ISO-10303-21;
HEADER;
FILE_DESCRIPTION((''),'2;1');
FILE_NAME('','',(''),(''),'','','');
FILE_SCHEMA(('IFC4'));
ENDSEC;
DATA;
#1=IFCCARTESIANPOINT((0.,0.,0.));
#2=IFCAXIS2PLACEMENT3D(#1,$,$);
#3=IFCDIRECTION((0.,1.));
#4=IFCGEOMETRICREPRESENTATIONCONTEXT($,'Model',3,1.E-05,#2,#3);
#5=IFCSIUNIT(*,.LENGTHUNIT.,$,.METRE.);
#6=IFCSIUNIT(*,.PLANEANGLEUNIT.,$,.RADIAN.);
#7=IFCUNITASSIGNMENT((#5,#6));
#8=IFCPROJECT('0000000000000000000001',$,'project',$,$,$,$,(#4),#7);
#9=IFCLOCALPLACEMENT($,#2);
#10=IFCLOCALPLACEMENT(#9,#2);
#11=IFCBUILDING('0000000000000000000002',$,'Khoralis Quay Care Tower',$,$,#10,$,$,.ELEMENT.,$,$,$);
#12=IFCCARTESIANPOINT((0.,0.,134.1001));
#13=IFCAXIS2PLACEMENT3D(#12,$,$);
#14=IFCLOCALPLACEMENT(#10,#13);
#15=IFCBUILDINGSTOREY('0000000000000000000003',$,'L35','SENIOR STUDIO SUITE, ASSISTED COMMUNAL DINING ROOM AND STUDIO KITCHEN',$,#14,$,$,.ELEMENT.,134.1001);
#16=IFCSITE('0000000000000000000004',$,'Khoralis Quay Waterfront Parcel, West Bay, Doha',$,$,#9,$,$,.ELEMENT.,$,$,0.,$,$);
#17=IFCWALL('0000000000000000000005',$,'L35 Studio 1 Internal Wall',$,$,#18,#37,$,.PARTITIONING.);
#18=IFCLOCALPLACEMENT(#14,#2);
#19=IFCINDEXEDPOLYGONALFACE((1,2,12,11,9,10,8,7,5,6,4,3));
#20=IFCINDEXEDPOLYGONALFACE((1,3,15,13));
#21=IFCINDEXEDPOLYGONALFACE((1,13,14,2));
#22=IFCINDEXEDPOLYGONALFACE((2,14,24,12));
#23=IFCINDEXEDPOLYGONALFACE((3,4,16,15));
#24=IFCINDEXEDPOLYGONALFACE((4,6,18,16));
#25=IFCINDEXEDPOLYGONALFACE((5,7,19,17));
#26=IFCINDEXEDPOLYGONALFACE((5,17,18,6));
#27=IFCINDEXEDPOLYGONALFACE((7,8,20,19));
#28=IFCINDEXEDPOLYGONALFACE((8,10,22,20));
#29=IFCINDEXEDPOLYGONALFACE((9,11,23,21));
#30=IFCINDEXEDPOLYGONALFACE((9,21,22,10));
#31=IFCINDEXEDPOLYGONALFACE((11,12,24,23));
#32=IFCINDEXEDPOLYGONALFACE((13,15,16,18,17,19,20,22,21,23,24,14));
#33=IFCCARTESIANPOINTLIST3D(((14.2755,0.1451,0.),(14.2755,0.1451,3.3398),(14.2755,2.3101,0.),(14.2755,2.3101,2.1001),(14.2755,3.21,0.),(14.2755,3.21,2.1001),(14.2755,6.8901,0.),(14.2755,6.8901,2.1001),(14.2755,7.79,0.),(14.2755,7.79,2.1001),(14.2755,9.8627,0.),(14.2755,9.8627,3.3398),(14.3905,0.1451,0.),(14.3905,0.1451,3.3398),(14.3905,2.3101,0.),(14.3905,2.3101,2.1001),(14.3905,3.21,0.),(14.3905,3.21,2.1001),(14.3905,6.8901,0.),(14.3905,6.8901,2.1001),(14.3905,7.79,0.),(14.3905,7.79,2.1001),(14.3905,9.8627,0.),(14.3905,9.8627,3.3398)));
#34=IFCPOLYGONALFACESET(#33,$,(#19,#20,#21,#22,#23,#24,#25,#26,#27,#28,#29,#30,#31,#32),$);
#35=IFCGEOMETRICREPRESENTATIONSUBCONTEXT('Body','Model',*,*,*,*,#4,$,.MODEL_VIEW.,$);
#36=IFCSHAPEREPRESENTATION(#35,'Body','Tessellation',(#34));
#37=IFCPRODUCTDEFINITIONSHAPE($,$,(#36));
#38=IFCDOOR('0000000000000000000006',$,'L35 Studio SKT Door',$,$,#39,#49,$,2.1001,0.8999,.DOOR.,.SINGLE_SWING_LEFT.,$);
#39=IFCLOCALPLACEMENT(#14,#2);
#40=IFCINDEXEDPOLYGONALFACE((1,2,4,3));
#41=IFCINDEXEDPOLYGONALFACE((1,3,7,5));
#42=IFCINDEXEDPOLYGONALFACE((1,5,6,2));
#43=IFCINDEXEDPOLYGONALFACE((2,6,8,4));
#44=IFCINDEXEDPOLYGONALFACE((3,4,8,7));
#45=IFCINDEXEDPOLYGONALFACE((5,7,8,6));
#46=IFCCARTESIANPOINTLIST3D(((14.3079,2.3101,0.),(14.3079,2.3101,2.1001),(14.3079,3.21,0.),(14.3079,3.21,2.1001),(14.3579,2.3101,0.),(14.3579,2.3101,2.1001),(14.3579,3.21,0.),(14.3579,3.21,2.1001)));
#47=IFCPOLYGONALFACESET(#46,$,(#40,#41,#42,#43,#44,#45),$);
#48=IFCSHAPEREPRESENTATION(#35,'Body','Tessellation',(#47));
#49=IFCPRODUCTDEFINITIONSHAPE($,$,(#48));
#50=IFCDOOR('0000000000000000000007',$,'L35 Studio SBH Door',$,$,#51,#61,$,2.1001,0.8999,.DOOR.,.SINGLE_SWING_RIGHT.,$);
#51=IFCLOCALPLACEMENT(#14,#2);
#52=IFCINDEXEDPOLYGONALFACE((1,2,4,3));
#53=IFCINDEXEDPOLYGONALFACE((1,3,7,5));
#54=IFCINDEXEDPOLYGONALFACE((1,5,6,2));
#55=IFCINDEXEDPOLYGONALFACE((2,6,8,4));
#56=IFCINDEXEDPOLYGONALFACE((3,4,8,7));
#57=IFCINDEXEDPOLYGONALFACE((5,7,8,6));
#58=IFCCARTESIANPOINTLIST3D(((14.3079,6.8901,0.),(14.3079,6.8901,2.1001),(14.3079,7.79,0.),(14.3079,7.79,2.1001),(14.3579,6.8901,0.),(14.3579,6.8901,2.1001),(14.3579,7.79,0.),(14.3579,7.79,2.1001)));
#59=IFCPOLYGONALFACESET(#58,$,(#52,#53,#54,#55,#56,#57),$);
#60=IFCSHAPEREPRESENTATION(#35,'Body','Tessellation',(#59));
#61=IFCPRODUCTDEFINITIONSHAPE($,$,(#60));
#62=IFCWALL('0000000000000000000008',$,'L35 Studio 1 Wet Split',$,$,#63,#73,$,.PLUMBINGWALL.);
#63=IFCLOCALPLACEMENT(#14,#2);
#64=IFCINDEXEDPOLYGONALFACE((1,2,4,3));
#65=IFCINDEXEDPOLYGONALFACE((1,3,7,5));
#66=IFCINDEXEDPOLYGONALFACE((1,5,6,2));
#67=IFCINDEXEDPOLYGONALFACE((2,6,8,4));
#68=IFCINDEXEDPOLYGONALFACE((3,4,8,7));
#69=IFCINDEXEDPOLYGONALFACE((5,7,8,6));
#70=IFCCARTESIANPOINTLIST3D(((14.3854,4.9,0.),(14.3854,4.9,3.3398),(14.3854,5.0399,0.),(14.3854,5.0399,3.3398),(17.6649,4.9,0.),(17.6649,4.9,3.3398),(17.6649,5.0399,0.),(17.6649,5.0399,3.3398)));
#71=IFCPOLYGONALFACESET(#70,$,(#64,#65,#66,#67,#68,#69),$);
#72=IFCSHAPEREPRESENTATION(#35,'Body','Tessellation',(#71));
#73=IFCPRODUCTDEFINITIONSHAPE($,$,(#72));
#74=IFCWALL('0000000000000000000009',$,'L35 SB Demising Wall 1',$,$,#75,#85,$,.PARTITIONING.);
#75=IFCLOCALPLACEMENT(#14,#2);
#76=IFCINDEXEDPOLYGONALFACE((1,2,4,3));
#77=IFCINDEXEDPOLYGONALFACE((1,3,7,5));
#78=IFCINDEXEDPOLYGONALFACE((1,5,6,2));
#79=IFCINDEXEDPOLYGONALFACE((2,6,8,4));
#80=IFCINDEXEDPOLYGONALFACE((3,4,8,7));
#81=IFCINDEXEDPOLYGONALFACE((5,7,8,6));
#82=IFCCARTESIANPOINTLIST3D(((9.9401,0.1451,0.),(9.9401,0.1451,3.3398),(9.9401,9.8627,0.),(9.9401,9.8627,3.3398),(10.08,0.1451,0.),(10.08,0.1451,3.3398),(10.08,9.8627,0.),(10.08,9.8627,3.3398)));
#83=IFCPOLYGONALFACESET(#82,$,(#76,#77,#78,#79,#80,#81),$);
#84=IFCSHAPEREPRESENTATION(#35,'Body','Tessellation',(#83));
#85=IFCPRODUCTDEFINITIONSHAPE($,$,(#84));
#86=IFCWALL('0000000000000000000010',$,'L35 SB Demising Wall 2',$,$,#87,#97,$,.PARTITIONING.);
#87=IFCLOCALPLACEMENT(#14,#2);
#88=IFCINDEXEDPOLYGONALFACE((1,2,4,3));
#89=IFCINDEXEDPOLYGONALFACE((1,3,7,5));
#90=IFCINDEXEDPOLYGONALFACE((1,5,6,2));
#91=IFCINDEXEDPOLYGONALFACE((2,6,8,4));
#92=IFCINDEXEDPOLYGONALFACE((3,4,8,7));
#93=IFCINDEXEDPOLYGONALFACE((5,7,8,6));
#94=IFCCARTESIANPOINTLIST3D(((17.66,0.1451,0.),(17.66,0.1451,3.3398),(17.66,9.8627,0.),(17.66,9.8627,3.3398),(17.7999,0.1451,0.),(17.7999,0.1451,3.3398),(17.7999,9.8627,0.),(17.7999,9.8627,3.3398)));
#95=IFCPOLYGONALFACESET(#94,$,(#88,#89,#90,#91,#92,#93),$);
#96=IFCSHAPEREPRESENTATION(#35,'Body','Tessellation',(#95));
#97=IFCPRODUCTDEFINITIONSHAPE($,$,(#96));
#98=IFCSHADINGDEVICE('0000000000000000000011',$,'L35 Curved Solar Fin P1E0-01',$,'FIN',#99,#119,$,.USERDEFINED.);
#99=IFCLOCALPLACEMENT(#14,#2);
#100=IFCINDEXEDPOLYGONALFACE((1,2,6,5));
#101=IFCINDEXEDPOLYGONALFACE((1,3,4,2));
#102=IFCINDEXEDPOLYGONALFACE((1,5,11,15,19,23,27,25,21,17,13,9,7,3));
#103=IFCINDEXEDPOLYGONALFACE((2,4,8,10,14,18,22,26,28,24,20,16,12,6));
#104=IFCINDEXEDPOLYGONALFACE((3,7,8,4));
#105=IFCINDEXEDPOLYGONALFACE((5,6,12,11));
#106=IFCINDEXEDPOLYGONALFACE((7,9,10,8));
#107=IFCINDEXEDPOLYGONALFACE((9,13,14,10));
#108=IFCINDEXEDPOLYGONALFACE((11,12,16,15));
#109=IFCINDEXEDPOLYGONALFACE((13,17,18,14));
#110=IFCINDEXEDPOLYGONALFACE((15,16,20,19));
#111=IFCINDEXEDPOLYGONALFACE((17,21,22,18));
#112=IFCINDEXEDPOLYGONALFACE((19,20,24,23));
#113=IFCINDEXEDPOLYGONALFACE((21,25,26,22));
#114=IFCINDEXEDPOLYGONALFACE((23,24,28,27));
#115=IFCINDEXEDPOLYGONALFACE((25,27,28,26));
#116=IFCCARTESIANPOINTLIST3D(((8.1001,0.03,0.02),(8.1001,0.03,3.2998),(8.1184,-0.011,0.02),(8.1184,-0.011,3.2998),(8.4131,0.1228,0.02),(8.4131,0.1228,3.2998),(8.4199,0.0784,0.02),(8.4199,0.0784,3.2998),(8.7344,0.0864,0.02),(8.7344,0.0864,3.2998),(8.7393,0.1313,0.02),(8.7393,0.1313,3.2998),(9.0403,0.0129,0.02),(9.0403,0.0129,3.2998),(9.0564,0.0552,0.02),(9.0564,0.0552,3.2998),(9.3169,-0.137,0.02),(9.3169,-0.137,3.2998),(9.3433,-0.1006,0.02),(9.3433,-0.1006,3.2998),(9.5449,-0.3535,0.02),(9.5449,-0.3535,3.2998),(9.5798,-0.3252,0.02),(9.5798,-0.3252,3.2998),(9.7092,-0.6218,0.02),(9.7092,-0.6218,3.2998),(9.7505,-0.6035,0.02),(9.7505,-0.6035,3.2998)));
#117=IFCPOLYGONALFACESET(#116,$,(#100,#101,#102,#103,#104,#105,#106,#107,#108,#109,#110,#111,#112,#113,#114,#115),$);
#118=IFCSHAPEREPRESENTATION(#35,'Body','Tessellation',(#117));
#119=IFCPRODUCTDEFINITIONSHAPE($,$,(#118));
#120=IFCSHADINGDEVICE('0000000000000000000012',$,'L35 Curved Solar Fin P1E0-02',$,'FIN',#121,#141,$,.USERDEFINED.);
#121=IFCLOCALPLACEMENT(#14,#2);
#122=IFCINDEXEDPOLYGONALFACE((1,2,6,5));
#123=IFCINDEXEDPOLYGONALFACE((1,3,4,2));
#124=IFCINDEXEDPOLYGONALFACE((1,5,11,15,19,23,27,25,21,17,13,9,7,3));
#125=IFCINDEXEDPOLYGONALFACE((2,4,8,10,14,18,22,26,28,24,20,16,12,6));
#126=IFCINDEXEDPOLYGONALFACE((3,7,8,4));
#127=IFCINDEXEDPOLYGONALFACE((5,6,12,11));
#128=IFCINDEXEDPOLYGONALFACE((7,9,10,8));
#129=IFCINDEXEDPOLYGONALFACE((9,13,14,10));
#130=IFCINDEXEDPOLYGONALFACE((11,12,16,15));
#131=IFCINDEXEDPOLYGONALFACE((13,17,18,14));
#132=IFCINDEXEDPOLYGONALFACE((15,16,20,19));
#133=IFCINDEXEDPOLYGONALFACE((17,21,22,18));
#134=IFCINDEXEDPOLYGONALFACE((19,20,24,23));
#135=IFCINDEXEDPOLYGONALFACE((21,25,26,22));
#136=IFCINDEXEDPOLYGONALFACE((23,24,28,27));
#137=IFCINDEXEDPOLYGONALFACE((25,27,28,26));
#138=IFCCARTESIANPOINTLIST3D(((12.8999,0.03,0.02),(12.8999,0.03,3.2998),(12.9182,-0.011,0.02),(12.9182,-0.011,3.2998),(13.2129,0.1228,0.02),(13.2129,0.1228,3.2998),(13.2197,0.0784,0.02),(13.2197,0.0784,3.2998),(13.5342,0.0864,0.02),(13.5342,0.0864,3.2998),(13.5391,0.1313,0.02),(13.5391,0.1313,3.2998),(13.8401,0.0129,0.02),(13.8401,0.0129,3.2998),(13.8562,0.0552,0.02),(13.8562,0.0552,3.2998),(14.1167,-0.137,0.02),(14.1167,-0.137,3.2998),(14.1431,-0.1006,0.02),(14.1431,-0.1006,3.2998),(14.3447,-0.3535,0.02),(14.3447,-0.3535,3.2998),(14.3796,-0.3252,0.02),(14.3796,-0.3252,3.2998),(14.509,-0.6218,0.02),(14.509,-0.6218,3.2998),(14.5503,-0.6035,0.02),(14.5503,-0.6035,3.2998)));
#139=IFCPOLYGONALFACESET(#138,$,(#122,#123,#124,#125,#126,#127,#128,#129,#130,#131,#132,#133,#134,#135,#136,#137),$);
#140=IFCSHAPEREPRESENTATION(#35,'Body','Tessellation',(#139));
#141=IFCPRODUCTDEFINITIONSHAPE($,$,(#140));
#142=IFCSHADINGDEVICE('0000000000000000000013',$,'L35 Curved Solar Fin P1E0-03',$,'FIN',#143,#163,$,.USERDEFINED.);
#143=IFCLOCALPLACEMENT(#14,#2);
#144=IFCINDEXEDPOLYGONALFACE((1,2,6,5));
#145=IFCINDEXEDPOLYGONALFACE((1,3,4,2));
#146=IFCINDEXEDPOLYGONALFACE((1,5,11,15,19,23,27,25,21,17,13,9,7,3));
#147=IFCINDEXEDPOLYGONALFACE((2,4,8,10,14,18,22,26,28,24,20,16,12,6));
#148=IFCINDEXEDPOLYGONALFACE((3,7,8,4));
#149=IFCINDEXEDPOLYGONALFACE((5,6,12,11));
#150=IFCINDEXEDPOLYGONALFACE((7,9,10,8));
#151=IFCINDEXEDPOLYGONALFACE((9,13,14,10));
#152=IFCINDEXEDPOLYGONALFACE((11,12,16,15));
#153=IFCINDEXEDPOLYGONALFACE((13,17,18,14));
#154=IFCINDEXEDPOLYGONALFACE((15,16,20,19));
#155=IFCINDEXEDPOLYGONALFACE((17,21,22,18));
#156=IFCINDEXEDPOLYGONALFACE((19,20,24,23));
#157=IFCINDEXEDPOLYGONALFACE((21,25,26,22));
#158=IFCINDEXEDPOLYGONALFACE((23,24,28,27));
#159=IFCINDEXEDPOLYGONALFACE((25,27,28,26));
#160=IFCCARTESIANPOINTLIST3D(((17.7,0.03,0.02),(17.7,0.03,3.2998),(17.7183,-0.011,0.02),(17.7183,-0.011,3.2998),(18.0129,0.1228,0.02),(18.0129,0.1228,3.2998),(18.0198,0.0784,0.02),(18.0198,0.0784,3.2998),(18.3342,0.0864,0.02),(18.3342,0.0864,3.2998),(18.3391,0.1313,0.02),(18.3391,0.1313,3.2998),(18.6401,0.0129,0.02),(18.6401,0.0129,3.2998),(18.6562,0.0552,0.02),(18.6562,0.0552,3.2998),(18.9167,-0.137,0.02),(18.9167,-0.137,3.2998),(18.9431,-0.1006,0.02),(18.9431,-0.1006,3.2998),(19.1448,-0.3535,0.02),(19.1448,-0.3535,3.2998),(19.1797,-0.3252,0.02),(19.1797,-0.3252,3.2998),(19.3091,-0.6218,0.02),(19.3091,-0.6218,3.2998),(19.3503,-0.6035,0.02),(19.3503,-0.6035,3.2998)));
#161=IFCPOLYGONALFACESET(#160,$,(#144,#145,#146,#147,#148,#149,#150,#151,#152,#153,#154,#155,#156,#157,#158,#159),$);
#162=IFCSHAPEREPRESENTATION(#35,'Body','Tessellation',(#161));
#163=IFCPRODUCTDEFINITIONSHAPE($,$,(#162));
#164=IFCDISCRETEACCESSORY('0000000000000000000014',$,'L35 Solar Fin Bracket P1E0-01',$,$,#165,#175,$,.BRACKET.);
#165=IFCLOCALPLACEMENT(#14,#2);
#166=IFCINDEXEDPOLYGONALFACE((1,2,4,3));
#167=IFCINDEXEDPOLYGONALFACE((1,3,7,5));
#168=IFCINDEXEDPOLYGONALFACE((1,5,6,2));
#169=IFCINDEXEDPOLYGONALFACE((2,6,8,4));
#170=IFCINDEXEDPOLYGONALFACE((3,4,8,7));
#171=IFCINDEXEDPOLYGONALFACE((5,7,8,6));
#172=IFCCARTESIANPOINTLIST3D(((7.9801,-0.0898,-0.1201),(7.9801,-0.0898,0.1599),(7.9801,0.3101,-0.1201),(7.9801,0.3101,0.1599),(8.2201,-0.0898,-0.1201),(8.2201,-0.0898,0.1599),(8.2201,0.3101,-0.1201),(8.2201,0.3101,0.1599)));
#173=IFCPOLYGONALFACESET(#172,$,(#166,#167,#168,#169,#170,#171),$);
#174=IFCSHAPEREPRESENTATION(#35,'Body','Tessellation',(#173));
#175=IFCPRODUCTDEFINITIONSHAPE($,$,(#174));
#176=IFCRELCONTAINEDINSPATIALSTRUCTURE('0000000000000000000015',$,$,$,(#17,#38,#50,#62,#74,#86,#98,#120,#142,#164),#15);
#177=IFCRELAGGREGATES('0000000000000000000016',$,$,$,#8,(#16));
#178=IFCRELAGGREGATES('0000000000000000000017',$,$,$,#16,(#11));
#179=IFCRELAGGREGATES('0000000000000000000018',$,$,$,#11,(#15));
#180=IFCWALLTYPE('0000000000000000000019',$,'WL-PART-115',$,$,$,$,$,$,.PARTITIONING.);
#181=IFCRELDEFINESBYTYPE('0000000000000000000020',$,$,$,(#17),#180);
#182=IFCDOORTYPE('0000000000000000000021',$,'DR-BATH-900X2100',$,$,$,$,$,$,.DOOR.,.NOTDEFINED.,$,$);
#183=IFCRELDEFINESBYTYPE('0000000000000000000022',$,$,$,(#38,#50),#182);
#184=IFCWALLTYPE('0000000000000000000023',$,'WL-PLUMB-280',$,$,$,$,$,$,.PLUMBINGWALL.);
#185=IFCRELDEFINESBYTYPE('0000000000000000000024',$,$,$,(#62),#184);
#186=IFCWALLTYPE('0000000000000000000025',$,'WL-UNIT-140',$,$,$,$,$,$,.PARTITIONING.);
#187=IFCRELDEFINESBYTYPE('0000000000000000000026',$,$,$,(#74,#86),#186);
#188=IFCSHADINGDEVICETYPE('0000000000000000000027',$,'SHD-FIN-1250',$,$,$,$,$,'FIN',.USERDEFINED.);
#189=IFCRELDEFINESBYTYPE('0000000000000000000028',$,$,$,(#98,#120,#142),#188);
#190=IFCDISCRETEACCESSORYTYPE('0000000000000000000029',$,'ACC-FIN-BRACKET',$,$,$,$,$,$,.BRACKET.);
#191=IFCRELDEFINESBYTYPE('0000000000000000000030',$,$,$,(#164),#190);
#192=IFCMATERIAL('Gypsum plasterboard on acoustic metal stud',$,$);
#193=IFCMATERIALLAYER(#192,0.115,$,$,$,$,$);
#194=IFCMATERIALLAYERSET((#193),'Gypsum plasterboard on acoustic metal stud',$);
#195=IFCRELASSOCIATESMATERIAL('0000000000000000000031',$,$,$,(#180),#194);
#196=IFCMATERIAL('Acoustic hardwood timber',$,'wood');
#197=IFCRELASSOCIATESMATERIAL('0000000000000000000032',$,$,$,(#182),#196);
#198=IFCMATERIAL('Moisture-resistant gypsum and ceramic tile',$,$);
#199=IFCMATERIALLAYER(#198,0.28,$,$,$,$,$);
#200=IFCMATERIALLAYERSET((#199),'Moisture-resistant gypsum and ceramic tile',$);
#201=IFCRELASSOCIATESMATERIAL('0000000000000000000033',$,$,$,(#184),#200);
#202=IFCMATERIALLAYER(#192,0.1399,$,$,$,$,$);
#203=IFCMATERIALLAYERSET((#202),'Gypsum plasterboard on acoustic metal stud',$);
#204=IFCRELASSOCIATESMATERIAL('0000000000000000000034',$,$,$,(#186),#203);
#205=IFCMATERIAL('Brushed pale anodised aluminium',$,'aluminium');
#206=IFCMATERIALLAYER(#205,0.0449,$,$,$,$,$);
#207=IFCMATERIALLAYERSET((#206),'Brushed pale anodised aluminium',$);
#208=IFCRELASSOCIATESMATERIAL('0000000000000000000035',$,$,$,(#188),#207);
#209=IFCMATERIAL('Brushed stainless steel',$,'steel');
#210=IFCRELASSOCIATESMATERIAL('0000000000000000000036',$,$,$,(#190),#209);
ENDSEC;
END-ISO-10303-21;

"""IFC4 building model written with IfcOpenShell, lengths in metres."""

from ifc_helpers import new_model, si_unit, direction, frame, frame_2d, origin, origin_2d, place, context, subcontext, project, spatial, polyline, rectangle, outline, extrude, source, transform, mapped, material, layer, layer_set, type_object, element, fill, save


model = new_model("IFC4")

# Units and contexts
model_context = context("Model", 3, precision=1e-05, world=origin(), true_north=direction((0.0, 1.0)))
body_context = subcontext(model_context, "Body", "Model", "MODEL_VIEW")
ifc_project = project(units=[si_unit("LENGTHUNIT", "METRE"), si_unit("PLANEANGLEUNIT", "RADIAN")], contexts=[model_context])

# Site, building, storey
site_placement = place(None, origin())
site = spatial("IfcSite", under=ifc_project, at=site_placement, Name="Khoralis Quay Waterfront Parcel, West Bay, Doha", CompositionType="ELEMENT", RefElevation=0.0)
building_placement = place(site_placement, origin())
building = spatial("IfcBuilding", under=site, at=building_placement, Name="Khoralis Quay Care Tower", CompositionType="ELEMENT")
storey_placement = place(building_placement, frame((0.0, 0.0, 134.1001)))
storey = spatial("IfcBuildingStorey", under=building, at=storey_placement, Name="L35", Description="SENIOR STUDIO SUITE, ASSISTED COMMUNAL DINING ROOM AND STUDIO KITCHEN", CompositionType="ELEMENT", Elevation=134.1001)

# Shared definitions
ifc_material_1 = material(Name="Gypsum plasterboard on acoustic metal stud")

# Wall, openings, doors
ifc_layer_1 = layer(ifc_material_1, 0.115)
ifc_layer_set_1 = layer_set([ifc_layer_1], Name="Gypsum plasterboard on acoustic metal stud")
wall_type_1 = type_object("IfcWallType", Name="WL-PART-115", PredefinedType="PARTITIONING", material=ifc_layer_set_1)
wall_1_placement = place(storey_placement, frame((14.333, 0.145, 0.0), z_axis=(0.0, 0.0, 1.0), x_axis=(0.0, 1.0, 0.0)))
wall_1 = element("IfcWall", 1, at=wall_1_placement, inside=storey, type_object=wall_type_1, Name="L35 Studio 1 Internal Wall", PredefinedType="PARTITIONING", context=body_context, shape_type="SweptSolid", body=[
    extrude(rectangle(XDim=9.7175, YDim=0.115, at=frame_2d((4.8589, 0.0))), origin(), (0.0, 0.0, 1.0), 3.3398),
])
opening_1_placement = place(wall_1_placement, frame((2.165, 0.0, 0.0)))
opening_1 = element("IfcOpeningElement", 2, at=opening_1_placement, cuts=wall_1, PredefinedType="OPENING", context=body_context, shape_type="SweptSolid", body=[
    extrude(rectangle(XDim=0.8999, YDim=2.1001, at=frame_2d((0.45, 1.05))), frame((0.0, 0.0674, 0.0), z_axis=(0.0, -1.0, 0.0), x_axis=(1.0, 0.0, 0.0)), (0.0, 0.0, 1.0), 0.135),
])
opening_2_placement = place(wall_1_placement, frame((6.7451, 0.0, 0.0)))
opening_2 = element("IfcOpeningElement", 3, at=opening_2_placement, cuts=wall_1, PredefinedType="OPENING", context=body_context, shape_type="SweptSolid", body=[
    extrude(rectangle(XDim=0.8999, YDim=2.1001, at=frame_2d((0.45, 1.05))), frame((0.0, 0.0674, 0.0), z_axis=(0.0, -1.0, 0.0), x_axis=(1.0, 0.0, 0.0)), (0.0, 0.0, 1.0), 0.135),
])
ifc_material_2 = material(Name="Acoustic hardwood timber", Category="wood")
door_type_1 = type_object("IfcDoorType", Name="DR-BATH-900X2100", OperationType="NOTDEFINED", PredefinedType="DOOR", material=ifc_material_2)
shared_shape_1 = source(origin(), body_context, "Body", "SweptSolid", [
    extrude(rectangle(XDim=0.8999, YDim=2.1001, at=frame_2d((0.45, 1.05))), frame((0.0, 0.0249, 0.0), z_axis=(0.0, -1.0, 0.0), x_axis=(1.0, 0.0, 0.0)), (0.0, 0.0, 1.0), 0.05),
])
door_1_placement = place(opening_1_placement, frame((0.8999, 0.0, 0.0), z_axis=(0.0, 0.0, 1.0), x_axis=(-1.0, 0.0, 0.0)))
door_1 = element("IfcDoor", 4, at=door_1_placement, inside=storey, type_object=door_type_1, Name="L35 Studio SKT Door", OperationType="SINGLE_SWING_LEFT", OverallHeight=2.1001, OverallWidth=0.8999, PredefinedType="DOOR", context=body_context, shape_type="MappedRepresentation", body=[
    mapped(shared_shape_1, transform((0.0, 0.0, 0.0), scale=1.0)),
])
fill(opening_1, door_1)
door_2_placement = place(opening_2_placement, frame((0.8999, 0.0, 0.0), z_axis=(0.0, 0.0, 1.0), x_axis=(-1.0, 0.0, 0.0)))
door_2 = element("IfcDoor", 5, at=door_2_placement, inside=storey, type_object=door_type_1, Name="L35 Studio SBH Door", OperationType="SINGLE_SWING_RIGHT", OverallHeight=2.1001, OverallWidth=0.8999, PredefinedType="DOOR", context=body_context, shape_type="MappedRepresentation", body=[
    mapped(shared_shape_1, transform((0.0, 0.0, 0.0), scale=1.0)),
])
fill(opening_2, door_2)

# Walls
ifc_material_3 = material(Name="Moisture-resistant gypsum and ceramic tile")
ifc_layer_2 = layer(ifc_material_3, 0.28)
ifc_layer_set_2 = layer_set([ifc_layer_2], Name="Moisture-resistant gypsum and ceramic tile")
wall_type_2 = type_object("IfcWallType", Name="WL-PLUMB-280", PredefinedType="PLUMBINGWALL", material=ifc_layer_set_2)
wall_2_placement = place(storey_placement, frame((14.3855, 4.97, 0.0), z_axis=(0.0, 0.0, 1.0), x_axis=(1.0, 0.0, 0.0)))
element("IfcWall", 6, at=wall_2_placement, inside=storey, type_object=wall_type_2, Name="L35 Studio 1 Wet Split", PredefinedType="PLUMBINGWALL", context=body_context, shape_type="SweptSolid", body=[
    extrude(rectangle(XDim=3.2795, YDim=0.1399, at=frame_2d((1.6396, 0.0))), origin(), (0.0, 0.0, 1.0), 3.3398),
])
ifc_layer_3 = layer(ifc_material_1, 0.1399)
ifc_layer_set_3 = layer_set([ifc_layer_3], Name="Gypsum plasterboard on acoustic metal stud")
wall_type_3 = type_object("IfcWallType", Name="WL-UNIT-140", PredefinedType="PARTITIONING", material=ifc_layer_set_3)
for number, where, z_axis, x_axis, name in (
    (7, (10.01, 0.145, 0.0), (0.0, 0.0, 1.0), (0.0, 1.0, 0.0), "L35 SB Demising Wall 1"),
    (8, (17.73, 0.145, 0.0), (0.0, 0.0, 1.0), (0.0, 1.0, 0.0), "L35 SB Demising Wall 2"),
):
    element("IfcWall", number, at=place(storey_placement, frame(where, z_axis=z_axis, x_axis=x_axis)), inside=storey, type_object=wall_type_3, Name=name, PredefinedType="PARTITIONING", context=body_context, shape_type="SweptSolid", body=[
        extrude(rectangle(XDim=9.7175, YDim=0.1399, at=frame_2d((4.8589, 0.0))), origin(), (0.0, 0.0, 1.0), 3.3398),
    ])

# Shading devices
ifc_material_4 = material(Name="Brushed pale anodised aluminium", Category="aluminium")
ifc_layer_4 = layer(ifc_material_4, 0.0449)
ifc_layer_set_4 = layer_set([ifc_layer_4], Name="Brushed pale anodised aluminium")
shading_device_type = type_object("IfcShadingDeviceType", Name="SHD-FIN-1250", ElementType="FIN", PredefinedType="USERDEFINED", material=ifc_layer_set_4)
shared_shape_2 = source(origin(), body_context, "Body", "SweptSolid", [
    extrude(outline(polyline([(0.0, 0.0), (-0.0928, 0.313), (-0.1013, 0.6392), (-0.0251, 0.9563), (0.1306, 1.2432), (0.3552, 1.4797), (0.6335, 1.6504), (0.6519, 1.6091), (0.3835, 1.4448), (0.167, 1.2168), (0.0171, 0.9402), (-0.0564, 0.6343), (-0.0483, 0.3198), (0.041, 0.0183), (0.0, 0.0)])), origin(), (0.0, 0.0, 1.0), 3.2798),
])
for number, where, z_axis, x_axis, name in (
    (9, (8.1001, 0.03, 0.02), (0.0, 0.0, 1.0), (0.0, -1.0, 0.0), "L35 Curved Solar Fin P1E0-01"),
    (10, (12.8999, 0.03, 0.02), (0.0, 0.0, 1.0), (0.0, -1.0, 0.0), "L35 Curved Solar Fin P1E0-02"),
    (11, (17.7, 0.03, 0.02), (0.0, 0.0, 1.0), (0.0, -1.0, 0.0), "L35 Curved Solar Fin P1E0-03"),
):
    element("IfcShadingDevice", number, at=place(storey_placement, frame(where, z_axis=z_axis, x_axis=x_axis)), inside=storey, type_object=shading_device_type, Name=name, ObjectType="FIN", PredefinedType="USERDEFINED", context=body_context, shape_type="MappedRepresentation", body=[
        mapped(shared_shape_2, transform((0.0, 0.0, 0.0), scale=1.0)),
    ])

# Discrete accessory
ifc_material_5 = material(Name="Brushed stainless steel", Category="steel")
discrete_accessory_type = type_object("IfcDiscreteAccessoryType", Name="ACC-FIN-BRACKET", PredefinedType="BRACKET", material=ifc_material_5)
shared_shape_3 = source(origin(), body_context, "Body", "SweptSolid", [
    extrude(rectangle(XDim=0.3999, YDim=0.24, at=origin_2d()), origin(), (0.0, 0.0, 1.0), 0.28),
])
for number, where, z_axis, x_axis, name in (
    (12, (8.1001, 0.1101, -0.1201), (0.0, 0.0, 1.0), (0.0, -1.0, 0.0), "L35 Solar Fin Bracket P1E0-01"),
):
    element("IfcDiscreteAccessory", number, at=place(storey_placement, frame(where, z_axis=z_axis, x_axis=x_axis)), inside=storey, type_object=discrete_accessory_type, Name=name, PredefinedType="BRACKET", context=body_context, shape_type="MappedRepresentation", body=[
        mapped(shared_shape_3, transform((0.0, 0.0, 0.0), scale=1.0)),
    ])

save(model, "model.ifc")
